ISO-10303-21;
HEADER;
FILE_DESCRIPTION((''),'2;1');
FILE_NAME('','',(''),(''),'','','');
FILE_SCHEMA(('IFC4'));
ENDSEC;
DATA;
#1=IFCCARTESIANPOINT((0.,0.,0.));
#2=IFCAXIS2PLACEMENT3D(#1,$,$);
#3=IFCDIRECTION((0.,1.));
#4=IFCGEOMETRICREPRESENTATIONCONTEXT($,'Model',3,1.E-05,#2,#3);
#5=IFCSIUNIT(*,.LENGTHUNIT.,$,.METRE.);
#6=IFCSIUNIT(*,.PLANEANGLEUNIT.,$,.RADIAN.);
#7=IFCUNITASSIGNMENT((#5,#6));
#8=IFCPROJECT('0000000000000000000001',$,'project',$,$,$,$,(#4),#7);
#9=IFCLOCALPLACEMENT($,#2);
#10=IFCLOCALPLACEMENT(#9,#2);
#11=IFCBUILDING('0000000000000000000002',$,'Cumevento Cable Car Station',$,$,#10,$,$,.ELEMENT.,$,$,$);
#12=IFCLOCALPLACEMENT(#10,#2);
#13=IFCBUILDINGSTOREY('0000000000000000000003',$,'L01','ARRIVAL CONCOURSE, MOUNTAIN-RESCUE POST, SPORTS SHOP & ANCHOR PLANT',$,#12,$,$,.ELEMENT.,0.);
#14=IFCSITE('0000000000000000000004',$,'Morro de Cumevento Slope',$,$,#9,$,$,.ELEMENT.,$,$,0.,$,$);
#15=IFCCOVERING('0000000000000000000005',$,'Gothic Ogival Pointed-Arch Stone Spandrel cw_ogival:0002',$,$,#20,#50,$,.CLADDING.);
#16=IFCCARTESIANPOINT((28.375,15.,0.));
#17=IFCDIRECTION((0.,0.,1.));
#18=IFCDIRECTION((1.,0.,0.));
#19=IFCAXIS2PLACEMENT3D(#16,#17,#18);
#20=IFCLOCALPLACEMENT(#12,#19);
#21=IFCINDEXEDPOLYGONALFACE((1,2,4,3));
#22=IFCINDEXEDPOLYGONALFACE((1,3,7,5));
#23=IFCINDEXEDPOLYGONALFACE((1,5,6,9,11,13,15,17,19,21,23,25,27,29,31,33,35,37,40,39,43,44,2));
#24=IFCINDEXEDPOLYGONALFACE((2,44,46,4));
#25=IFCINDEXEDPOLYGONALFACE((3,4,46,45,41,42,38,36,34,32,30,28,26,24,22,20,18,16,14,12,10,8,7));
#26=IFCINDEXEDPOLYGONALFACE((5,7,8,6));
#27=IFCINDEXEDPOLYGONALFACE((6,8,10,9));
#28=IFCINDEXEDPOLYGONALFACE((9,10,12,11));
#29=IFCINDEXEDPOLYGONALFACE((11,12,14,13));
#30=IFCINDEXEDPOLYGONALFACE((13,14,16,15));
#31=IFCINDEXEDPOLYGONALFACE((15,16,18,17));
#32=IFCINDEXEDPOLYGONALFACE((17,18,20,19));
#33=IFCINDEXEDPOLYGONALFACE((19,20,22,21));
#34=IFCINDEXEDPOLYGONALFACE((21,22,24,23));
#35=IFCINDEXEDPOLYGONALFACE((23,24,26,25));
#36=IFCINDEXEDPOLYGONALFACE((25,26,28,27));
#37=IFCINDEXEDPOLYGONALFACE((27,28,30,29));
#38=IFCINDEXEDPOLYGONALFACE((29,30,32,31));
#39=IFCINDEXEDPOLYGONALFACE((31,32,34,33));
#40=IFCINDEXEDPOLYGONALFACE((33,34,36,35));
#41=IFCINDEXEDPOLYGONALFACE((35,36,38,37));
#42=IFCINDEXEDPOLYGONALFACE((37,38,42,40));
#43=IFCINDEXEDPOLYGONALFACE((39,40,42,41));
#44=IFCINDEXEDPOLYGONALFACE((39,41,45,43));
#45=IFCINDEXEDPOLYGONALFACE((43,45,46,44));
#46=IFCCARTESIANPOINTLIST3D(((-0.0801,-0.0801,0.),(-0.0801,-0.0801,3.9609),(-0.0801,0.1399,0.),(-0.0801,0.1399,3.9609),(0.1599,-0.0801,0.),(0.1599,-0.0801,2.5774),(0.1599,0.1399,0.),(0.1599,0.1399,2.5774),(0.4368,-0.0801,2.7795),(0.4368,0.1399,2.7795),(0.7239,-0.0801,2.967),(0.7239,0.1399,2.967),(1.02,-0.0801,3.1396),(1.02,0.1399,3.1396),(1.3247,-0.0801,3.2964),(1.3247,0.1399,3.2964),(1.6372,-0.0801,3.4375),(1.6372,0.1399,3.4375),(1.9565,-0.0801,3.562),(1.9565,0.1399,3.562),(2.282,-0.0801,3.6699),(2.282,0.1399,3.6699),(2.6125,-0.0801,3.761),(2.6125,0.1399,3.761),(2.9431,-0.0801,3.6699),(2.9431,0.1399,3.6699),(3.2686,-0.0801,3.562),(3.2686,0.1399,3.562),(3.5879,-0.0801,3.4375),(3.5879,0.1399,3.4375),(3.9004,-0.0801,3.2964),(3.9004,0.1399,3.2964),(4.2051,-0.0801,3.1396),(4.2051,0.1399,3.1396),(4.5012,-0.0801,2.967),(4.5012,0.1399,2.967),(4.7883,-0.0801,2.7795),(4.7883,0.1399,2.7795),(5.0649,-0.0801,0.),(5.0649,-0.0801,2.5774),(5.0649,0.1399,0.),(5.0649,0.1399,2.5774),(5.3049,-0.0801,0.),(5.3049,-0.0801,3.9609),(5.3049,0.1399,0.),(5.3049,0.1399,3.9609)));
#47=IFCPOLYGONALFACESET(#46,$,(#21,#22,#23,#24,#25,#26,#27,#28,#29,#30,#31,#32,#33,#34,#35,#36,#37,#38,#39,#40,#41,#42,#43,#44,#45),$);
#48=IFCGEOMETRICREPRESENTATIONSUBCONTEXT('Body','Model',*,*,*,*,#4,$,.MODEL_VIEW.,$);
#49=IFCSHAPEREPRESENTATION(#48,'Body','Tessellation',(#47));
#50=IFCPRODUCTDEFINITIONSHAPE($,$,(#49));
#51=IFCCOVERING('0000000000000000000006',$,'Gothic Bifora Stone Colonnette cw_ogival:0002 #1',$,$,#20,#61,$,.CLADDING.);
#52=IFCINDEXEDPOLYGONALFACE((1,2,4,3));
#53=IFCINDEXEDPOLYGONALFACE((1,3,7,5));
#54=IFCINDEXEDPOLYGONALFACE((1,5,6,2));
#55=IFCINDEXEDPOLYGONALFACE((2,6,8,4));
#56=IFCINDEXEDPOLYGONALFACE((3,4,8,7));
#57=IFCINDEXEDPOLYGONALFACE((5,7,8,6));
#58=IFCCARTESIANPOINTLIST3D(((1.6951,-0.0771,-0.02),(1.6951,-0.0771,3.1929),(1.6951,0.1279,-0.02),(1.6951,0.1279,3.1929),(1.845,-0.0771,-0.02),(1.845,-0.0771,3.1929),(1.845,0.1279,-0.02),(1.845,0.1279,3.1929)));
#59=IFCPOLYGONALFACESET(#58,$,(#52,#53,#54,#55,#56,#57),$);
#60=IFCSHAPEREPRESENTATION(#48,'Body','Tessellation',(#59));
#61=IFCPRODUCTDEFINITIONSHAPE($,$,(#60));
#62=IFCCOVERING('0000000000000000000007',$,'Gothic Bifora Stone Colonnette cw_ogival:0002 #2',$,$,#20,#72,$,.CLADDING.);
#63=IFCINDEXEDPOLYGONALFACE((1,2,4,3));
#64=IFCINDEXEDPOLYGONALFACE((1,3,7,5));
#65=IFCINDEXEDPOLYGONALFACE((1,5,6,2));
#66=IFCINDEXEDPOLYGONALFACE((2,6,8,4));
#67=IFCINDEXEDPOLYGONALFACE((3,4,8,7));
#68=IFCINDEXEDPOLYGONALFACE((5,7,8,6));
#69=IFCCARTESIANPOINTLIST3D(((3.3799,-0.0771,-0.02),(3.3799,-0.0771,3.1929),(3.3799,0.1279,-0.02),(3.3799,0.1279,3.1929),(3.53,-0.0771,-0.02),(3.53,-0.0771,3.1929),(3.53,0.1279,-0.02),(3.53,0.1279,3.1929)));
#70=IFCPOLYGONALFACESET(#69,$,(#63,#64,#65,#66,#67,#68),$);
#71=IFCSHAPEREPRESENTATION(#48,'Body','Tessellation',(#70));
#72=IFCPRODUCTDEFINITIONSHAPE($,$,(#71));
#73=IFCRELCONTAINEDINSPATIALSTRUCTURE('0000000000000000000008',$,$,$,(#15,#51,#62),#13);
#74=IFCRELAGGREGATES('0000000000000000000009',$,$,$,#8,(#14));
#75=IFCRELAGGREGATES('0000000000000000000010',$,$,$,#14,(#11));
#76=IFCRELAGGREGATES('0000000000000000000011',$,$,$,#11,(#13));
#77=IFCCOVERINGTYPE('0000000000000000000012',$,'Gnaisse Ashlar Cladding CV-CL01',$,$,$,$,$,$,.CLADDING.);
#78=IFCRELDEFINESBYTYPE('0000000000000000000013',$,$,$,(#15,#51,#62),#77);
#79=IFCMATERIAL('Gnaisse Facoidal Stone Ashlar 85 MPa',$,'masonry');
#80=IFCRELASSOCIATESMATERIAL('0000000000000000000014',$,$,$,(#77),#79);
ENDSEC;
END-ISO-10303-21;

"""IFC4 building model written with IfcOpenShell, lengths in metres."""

from ifc_helpers import new_model, si_unit, direction, frame, origin, place, context, subcontext, project, spatial, polyline, outline, extrude, material, type_object, element, save


model = new_model("IFC4")

# Units and contexts
model_context = context("Model", 3, precision=1e-05, world=origin(), true_north=direction((0.0, 1.0)))
body_context = subcontext(model_context, "Body", "Model", "MODEL_VIEW")
ifc_project = project(units=[si_unit("LENGTHUNIT", "METRE"), si_unit("PLANEANGLEUNIT", "RADIAN")], contexts=[model_context])

# Site, building, storey
site_placement = place(None, origin())
site = spatial("IfcSite", under=ifc_project, at=site_placement, Name="Morro de Cumevento Slope", CompositionType="ELEMENT", RefElevation=0.0)
building_placement = place(site_placement, origin())
building = spatial("IfcBuilding", under=site, at=building_placement, Name="Cumevento Cable Car Station", CompositionType="ELEMENT")
storey_placement = place(building_placement, origin())
storey = spatial("IfcBuildingStorey", under=building, at=storey_placement, Name="L01", Description="ARRIVAL CONCOURSE, MOUNTAIN-RESCUE POST, SPORTS SHOP & ANCHOR PLANT", CompositionType="ELEMENT", Elevation=0.0)

# Coverings
ifc_material_1 = material(Name="Gnaisse Facoidal Stone Ashlar 85 MPa", Category="masonry")
covering_type = type_object("IfcCoveringType", Name="Gnaisse Ashlar Cladding CV-CL01", PredefinedType="CLADDING", material=ifc_material_1)
placement = place(storey_placement, frame((28.375, 15.0, 0.0), z_axis=(0.0, 0.0, 1.0), x_axis=(1.0, 0.0, 0.0)))
element("IfcCovering", 1, at=placement, inside=storey, type_object=covering_type, Name="Gothic Ogival Pointed-Arch Stone Spandrel cw_ogival:0002", PredefinedType="CLADDING", context=body_context, shape_type="SweptSolid", body=[
    extrude(outline(polyline([(-0.0801, 0.0), (-0.0801, 3.9609), (5.3049, 3.9609), (5.3049, 0.0), (5.0649, 0.0), (5.0649, 2.5774), (4.7883, 2.7795), (4.5012, 2.967), (4.2051, 3.1396), (3.9004, 3.2964), (3.5879, 3.4375), (3.2686, 3.562), (2.9431, 3.6699), (2.6125, 3.761), (2.282, 3.6699), (1.9565, 3.562), (1.6372, 3.4375), (1.3247, 3.2964), (1.02, 3.1396), (0.7239, 2.967), (0.4368, 2.7795), (0.1599, 2.5774), (0.1599, 0.0), (-0.0801, 0.0)])), frame((0.0, 0.1399, 0.0), z_axis=(0.0, -1.0, 0.0), x_axis=(1.0, 0.0, 0.0)), (0.0, 0.0, 1.0), 0.22),
])
element("IfcCovering", 2, at=placement, inside=storey, type_object=covering_type, Name="Gothic Bifora Stone Colonnette cw_ogival:0002 #1", PredefinedType="CLADDING", context=body_context, shape_type="SweptSolid", body=[
    extrude(outline(polyline([(1.6951, -0.02), (1.845, -0.02), (1.845, 3.1929), (1.6951, 3.1929), (1.6951, -0.02)])), frame((0.0, 0.1279, 0.0), z_axis=(0.0, -1.0, 0.0), x_axis=(1.0, 0.0, 0.0)), (0.0, 0.0, 1.0), 0.2051),
])
element("IfcCovering", 3, at=placement, inside=storey, type_object=covering_type, Name="Gothic Bifora Stone Colonnette cw_ogival:0002 #2", PredefinedType="CLADDING", context=body_context, shape_type="SweptSolid", body=[
    extrude(outline(polyline([(3.3799, -0.02), (3.53, -0.02), (3.53, 3.1929), (3.3799, 3.1929), (3.3799, -0.02)])), frame((0.0, 0.1279, 0.0), z_axis=(0.0, -1.0, 0.0), x_axis=(1.0, 0.0, 0.0)), (0.0, 0.0, 1.0), 0.2051),
])

save(model, "model.ifc")
